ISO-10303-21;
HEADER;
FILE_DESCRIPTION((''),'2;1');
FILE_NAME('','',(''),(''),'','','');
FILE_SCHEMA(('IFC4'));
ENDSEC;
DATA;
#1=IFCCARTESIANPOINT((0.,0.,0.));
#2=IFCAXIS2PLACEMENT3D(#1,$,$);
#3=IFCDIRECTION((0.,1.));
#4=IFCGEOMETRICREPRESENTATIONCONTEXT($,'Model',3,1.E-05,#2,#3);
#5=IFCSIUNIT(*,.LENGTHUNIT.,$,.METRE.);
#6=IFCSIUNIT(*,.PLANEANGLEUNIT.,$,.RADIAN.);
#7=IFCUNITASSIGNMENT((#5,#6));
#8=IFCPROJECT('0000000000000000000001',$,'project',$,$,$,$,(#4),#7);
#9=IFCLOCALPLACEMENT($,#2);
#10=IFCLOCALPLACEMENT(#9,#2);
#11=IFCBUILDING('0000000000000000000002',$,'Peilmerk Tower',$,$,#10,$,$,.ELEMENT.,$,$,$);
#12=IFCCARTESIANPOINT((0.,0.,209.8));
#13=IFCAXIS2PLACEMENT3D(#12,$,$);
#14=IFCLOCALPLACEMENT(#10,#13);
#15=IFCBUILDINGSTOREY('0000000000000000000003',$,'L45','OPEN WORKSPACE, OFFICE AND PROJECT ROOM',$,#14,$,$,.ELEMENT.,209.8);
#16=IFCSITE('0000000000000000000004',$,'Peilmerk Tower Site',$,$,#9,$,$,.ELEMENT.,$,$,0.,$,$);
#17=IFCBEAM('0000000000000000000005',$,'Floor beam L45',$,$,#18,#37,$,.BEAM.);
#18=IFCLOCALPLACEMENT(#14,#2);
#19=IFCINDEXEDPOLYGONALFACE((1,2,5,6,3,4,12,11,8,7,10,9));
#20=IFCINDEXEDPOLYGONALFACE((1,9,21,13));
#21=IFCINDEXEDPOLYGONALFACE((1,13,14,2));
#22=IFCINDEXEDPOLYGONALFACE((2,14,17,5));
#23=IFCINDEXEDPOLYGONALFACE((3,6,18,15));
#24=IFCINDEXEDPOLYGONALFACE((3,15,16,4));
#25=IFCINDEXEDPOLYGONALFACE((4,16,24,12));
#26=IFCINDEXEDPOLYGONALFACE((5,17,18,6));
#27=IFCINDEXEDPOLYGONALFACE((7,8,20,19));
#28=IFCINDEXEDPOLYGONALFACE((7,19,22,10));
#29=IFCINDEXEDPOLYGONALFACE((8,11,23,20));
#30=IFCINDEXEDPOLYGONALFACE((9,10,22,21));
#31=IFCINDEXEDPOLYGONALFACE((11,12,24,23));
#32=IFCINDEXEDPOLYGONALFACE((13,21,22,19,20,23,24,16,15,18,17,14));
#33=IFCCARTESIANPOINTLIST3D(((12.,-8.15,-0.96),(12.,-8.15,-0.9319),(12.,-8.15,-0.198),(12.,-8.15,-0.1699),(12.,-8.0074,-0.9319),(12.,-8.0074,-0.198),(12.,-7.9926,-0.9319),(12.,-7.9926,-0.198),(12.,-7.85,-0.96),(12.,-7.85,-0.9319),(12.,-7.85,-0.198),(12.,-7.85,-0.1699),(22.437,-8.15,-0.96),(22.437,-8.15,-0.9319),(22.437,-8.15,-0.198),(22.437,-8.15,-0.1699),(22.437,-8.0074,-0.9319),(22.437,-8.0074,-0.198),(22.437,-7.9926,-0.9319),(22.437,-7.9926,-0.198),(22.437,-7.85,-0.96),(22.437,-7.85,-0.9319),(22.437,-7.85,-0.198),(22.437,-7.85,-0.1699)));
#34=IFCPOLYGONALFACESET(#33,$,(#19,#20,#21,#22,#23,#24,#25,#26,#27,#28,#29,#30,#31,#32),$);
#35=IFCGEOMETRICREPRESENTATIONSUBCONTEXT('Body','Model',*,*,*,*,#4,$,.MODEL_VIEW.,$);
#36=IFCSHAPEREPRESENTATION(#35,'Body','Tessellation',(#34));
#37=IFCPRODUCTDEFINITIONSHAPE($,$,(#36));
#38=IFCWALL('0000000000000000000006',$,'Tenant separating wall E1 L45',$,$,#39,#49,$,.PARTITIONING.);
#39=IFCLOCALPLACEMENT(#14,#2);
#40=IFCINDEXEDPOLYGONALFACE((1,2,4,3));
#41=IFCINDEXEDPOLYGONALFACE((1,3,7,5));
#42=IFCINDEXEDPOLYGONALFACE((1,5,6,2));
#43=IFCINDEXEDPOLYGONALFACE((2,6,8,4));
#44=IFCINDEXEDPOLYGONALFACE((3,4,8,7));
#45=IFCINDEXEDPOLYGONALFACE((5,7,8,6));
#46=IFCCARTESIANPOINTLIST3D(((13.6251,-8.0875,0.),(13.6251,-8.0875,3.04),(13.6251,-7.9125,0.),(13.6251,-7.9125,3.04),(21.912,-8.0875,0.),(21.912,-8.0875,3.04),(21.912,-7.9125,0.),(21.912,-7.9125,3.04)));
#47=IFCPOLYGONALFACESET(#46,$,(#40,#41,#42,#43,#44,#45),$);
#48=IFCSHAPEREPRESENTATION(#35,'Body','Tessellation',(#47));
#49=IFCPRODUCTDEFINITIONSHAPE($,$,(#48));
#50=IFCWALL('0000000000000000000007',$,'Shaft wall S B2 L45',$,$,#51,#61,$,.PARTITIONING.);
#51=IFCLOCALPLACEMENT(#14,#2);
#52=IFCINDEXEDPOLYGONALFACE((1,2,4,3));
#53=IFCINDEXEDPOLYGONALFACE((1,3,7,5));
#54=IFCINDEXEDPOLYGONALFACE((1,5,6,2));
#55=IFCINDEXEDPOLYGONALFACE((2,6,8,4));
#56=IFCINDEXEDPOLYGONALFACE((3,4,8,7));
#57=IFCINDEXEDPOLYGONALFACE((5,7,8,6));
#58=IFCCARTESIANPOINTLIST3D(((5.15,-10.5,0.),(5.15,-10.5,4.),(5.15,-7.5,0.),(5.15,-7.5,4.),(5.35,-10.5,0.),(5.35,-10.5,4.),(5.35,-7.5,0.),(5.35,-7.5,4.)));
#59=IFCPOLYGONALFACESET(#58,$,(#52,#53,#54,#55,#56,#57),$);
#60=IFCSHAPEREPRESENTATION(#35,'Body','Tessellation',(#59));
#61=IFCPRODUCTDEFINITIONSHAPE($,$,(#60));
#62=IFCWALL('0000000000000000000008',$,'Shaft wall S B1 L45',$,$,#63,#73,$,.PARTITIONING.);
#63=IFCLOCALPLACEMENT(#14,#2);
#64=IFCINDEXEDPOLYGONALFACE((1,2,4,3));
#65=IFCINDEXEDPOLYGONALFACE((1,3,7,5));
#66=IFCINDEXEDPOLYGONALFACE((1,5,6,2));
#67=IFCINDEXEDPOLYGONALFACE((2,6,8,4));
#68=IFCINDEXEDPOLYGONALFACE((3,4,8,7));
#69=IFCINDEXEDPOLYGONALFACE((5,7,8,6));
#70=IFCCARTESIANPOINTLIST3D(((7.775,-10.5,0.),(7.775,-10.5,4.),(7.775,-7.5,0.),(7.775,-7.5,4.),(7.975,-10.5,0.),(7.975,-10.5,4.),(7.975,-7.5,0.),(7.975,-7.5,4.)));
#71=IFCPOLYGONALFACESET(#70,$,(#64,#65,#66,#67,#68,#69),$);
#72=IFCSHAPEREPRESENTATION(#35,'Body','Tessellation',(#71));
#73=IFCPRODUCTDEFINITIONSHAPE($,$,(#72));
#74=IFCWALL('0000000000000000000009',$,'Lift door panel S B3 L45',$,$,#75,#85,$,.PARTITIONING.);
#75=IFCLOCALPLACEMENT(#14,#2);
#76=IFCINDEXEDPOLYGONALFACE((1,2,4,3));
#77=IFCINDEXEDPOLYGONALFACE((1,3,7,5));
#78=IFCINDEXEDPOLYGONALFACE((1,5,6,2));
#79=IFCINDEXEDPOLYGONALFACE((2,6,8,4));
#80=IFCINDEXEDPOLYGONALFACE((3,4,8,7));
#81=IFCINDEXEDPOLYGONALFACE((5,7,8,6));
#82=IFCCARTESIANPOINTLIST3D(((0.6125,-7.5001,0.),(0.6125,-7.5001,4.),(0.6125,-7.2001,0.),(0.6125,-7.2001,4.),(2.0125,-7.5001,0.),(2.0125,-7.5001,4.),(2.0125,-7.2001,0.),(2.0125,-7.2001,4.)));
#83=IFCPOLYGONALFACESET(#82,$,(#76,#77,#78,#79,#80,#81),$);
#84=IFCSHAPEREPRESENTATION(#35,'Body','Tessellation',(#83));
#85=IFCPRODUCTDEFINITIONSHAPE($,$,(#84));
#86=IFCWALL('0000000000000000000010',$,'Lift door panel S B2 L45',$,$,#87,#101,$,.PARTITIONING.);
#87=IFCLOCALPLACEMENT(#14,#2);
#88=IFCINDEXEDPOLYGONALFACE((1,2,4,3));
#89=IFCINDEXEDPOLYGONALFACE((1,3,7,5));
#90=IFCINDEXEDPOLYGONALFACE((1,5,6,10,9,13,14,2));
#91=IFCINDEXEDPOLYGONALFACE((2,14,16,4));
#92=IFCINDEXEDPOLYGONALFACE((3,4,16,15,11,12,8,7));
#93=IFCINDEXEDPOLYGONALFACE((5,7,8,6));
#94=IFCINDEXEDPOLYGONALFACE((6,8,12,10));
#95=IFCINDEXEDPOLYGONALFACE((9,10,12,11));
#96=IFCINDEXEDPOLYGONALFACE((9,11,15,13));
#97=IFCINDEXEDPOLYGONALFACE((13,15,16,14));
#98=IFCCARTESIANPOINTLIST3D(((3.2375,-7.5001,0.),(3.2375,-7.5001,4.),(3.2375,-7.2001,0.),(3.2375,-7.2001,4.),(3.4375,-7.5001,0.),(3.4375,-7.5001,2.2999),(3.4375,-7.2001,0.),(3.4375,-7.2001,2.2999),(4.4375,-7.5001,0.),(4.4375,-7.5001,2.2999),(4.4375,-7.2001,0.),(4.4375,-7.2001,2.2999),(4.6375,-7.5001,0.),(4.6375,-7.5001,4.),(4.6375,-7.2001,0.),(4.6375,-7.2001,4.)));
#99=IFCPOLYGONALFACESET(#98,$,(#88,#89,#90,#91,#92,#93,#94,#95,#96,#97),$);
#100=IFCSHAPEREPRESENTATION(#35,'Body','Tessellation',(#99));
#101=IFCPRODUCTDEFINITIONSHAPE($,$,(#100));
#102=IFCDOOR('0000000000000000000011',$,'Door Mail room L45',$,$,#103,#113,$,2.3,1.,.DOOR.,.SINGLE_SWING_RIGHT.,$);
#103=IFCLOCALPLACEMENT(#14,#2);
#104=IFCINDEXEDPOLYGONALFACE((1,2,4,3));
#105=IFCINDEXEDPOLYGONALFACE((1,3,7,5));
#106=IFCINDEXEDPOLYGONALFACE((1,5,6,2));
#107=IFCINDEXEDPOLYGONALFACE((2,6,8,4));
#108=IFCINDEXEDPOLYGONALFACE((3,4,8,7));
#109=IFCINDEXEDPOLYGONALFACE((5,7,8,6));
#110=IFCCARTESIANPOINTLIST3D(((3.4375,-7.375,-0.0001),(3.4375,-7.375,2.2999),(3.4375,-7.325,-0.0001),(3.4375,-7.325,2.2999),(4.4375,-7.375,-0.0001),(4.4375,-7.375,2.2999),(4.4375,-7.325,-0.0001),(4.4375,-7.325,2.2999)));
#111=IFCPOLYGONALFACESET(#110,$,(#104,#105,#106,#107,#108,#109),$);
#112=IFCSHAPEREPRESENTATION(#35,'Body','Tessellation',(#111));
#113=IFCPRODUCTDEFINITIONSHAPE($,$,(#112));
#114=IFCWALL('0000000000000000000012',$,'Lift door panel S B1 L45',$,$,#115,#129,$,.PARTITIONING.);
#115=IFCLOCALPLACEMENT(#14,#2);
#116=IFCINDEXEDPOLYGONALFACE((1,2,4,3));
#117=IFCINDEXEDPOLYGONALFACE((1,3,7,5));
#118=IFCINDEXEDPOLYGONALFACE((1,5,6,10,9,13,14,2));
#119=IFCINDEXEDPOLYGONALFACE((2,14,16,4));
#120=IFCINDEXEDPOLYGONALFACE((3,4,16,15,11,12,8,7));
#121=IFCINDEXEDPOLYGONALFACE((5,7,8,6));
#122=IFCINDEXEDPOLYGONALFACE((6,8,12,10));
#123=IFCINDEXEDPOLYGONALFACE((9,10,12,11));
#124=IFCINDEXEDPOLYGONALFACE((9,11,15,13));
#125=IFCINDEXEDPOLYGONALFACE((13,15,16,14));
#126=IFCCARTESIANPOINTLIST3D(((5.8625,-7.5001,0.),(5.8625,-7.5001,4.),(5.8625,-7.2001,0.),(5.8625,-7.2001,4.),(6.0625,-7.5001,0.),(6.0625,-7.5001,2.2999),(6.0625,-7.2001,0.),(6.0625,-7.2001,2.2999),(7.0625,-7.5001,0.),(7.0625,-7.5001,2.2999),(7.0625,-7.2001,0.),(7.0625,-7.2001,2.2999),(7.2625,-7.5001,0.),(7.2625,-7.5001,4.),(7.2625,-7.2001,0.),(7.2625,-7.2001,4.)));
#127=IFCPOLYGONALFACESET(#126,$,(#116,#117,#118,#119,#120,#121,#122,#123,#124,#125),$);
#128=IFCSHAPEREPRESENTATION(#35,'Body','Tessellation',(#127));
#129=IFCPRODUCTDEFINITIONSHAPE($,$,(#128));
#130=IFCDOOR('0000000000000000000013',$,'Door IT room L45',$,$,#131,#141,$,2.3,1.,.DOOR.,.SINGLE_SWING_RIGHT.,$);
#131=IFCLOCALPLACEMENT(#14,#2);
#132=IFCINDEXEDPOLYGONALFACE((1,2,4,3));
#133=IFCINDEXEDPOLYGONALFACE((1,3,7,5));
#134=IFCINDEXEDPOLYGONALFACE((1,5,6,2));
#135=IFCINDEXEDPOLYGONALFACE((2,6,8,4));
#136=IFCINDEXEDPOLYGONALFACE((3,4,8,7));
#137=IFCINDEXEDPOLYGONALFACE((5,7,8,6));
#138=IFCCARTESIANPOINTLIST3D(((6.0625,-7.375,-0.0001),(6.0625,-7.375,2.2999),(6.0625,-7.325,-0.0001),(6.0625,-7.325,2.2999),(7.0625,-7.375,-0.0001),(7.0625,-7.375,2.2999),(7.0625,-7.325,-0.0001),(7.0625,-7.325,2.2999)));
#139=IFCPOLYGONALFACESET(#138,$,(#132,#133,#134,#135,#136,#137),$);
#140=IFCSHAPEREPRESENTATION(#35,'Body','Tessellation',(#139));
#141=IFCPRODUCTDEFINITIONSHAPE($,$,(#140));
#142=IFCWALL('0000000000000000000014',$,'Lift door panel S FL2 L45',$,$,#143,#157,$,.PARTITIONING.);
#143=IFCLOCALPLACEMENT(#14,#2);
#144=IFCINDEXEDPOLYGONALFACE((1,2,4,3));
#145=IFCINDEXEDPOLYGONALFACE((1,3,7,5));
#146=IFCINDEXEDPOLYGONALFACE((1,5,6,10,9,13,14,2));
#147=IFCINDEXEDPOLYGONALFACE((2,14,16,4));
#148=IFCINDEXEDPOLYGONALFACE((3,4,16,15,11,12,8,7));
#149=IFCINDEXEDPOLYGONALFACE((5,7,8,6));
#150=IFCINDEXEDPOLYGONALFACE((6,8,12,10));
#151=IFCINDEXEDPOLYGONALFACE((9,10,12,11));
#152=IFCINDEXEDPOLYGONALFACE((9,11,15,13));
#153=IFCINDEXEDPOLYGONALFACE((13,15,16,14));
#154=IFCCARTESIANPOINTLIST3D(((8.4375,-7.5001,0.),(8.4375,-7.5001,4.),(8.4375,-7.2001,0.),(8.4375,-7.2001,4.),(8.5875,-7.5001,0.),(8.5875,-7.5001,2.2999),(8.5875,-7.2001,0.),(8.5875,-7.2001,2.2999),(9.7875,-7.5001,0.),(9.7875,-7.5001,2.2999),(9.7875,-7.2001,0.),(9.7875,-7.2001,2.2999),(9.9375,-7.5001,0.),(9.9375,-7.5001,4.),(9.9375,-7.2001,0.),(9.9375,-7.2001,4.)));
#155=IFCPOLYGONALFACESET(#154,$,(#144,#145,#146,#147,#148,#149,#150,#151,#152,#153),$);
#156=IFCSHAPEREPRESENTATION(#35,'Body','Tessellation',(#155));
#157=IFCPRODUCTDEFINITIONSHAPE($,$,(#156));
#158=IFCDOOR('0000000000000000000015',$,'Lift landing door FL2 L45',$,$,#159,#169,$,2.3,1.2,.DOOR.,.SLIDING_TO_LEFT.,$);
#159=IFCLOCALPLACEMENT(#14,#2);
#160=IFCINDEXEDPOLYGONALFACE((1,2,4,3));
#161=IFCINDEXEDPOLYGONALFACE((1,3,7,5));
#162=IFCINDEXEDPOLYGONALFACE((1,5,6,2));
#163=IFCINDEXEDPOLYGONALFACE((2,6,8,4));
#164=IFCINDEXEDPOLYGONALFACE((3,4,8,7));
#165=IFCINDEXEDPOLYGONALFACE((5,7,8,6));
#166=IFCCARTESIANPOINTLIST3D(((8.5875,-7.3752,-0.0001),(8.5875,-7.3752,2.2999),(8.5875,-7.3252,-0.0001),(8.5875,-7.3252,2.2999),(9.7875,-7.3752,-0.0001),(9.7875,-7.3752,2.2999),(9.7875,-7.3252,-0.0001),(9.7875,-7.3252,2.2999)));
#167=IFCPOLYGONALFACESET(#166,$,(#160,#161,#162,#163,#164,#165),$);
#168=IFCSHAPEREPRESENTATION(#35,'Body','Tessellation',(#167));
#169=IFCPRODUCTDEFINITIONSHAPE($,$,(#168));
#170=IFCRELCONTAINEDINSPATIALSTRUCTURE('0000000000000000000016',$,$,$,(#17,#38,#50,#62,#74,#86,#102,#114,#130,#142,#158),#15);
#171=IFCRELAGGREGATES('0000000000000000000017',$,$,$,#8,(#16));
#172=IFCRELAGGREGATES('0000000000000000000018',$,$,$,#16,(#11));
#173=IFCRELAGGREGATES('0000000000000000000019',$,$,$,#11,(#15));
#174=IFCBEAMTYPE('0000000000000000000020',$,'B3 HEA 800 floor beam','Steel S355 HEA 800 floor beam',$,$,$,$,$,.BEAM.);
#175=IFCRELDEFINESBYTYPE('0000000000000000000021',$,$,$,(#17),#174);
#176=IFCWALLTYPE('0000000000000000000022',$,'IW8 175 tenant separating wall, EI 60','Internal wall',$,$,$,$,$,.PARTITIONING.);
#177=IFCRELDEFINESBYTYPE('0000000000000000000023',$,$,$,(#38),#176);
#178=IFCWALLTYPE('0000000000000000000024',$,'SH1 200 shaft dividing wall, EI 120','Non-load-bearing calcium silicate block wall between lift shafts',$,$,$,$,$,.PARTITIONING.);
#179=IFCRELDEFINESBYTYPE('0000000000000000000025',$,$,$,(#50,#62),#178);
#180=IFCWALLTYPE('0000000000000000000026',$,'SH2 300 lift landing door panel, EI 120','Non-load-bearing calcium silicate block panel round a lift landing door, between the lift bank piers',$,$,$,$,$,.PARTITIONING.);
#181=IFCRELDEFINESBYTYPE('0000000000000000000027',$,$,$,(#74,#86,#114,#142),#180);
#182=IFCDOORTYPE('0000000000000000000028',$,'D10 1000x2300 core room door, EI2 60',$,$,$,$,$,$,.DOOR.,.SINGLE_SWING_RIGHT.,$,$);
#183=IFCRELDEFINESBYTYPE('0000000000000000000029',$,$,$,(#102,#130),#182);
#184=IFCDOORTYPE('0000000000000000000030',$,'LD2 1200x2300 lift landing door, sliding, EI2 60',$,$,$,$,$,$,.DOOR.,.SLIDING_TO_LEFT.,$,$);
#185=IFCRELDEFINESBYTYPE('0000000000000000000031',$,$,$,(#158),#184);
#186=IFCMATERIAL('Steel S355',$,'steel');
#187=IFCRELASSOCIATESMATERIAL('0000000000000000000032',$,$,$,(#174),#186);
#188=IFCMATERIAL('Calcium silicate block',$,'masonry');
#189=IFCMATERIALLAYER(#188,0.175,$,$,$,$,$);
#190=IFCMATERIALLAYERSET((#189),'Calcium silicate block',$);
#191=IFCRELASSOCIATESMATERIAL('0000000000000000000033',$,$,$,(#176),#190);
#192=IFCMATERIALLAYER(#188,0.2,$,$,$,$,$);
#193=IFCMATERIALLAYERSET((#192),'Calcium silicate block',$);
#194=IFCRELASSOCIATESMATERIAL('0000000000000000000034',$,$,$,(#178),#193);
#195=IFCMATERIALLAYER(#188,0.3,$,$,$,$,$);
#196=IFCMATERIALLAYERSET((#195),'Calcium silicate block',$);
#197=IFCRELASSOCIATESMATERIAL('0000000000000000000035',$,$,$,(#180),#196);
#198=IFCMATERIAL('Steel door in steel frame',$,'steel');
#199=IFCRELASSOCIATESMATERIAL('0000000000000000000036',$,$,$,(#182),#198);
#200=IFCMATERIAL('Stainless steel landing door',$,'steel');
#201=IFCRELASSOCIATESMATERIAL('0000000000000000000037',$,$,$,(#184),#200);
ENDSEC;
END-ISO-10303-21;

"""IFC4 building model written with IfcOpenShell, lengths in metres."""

from ifc_helpers import new_model, si_unit, direction, frame, frame_2d, origin, origin_2d, place, context, subcontext, project, spatial, rectangle, i_section, extrude, material, layer, layer_set, material_profile, profile_set, type_object, element, fill, save


model = new_model("IFC4")

# Units and contexts
model_context = context("Model", 3, precision=1e-05, world=origin(), true_north=direction((0.0, 1.0)))
body_context = subcontext(model_context, "Body", "Model", "MODEL_VIEW")
ifc_project = project(units=[si_unit("LENGTHUNIT", "METRE"), si_unit("PLANEANGLEUNIT", "RADIAN")], contexts=[model_context])

# Site, building, storey
site_placement = place(None, origin())
site = spatial("IfcSite", under=ifc_project, at=site_placement, Name="Peilmerk Tower Site", CompositionType="ELEMENT", RefElevation=0.0)
building_placement = place(site_placement, origin())
building = spatial("IfcBuilding", under=site, at=building_placement, Name="Peilmerk Tower", CompositionType="ELEMENT")
storey_placement = place(building_placement, frame((0.0, 0.0, 209.8)))
storey = spatial("IfcBuildingStorey", under=building, at=storey_placement, Name="L45", Description="OPEN WORKSPACE, OFFICE AND PROJECT ROOM", CompositionType="ELEMENT", Elevation=209.8)

# Beam
ifc_material_1 = material(Name="Steel S355", Category="steel")
ifc_material_profile = material_profile(ifc_material_1, i_section(OverallWidth=0.3, OverallDepth=0.79, WebThickness=0.0149, FlangeThickness=0.0281, at=origin_2d()), Name="HEA 800")
ifc_profile_set = profile_set([ifc_material_profile], Name="Steel S355")
beam_type = type_object("IfcBeamType", Name="B3 HEA 800 floor beam", Description="Steel S355 HEA 800 floor beam", PredefinedType="BEAM", material=ifc_profile_set)
beam_placement = place(storey_placement, frame((12.0, -8.0, -0.5649), z_axis=(1.0, 0.0, 0.0), x_axis=(0.0, 1.0, 0.0)))
element("IfcBeam", 1, at=beam_placement, inside=storey, type_object=beam_type, Name="Floor beam L45", PredefinedType="BEAM", context=body_context, shape_type="SweptSolid", body=[
    extrude(i_section(OverallWidth=0.3, OverallDepth=0.79, WebThickness=0.0149, FlangeThickness=0.0281, at=origin_2d()), origin(), (0.0, 0.0, 1.0), 10.437),
])

# Walls
ifc_material_2 = material(Name="Calcium silicate block", Category="masonry")
ifc_layer_1 = layer(ifc_material_2, 0.175)
ifc_layer_set_1 = layer_set([ifc_layer_1], Name="Calcium silicate block")
wall_type_1 = type_object("IfcWallType", Name="IW8 175 tenant separating wall, EI 60", Description="Internal wall", PredefinedType="PARTITIONING", material=ifc_layer_set_1)
wall_1_placement = place(storey_placement, frame((13.625, -8.0, 0.0), z_axis=(0.0, 0.0, 1.0), x_axis=(1.0, 0.0, 0.0)))
element("IfcWall", 2, at=wall_1_placement, inside=storey, type_object=wall_type_1, Name="Tenant separating wall E1 L45", PredefinedType="PARTITIONING", context=body_context, shape_type="SweptSolid", body=[
    extrude(rectangle(XDim=8.2869, YDim=0.175, at=frame_2d((4.1436, 0.0))), origin(), (0.0, 0.0, 1.0), 3.04),
])
ifc_layer_2 = layer(ifc_material_2, 0.2)
ifc_layer_set_2 = layer_set([ifc_layer_2], Name="Calcium silicate block")
wall_type_2 = type_object("IfcWallType", Name="SH1 200 shaft dividing wall, EI 120", Description="Non-load-bearing calcium silicate block wall between lift shafts", PredefinedType="PARTITIONING", material=ifc_layer_set_2)
for number, where, z_axis, x_axis, name in (
    (3, (5.25, -10.5, 0.0), (0.0, 0.0, 1.0), (0.0, 1.0, 0.0), "Shaft wall S B2 L45"),
    (4, (7.875, -10.5, 0.0), (0.0, 0.0, 1.0), (0.0, 1.0, 0.0), "Shaft wall S B1 L45"),
):
    element("IfcWall", number, at=place(storey_placement, frame(where, z_axis=z_axis, x_axis=x_axis)), inside=storey, type_object=wall_type_2, Name=name, PredefinedType="PARTITIONING", context=body_context, shape_type="SweptSolid", body=[
        extrude(rectangle(XDim=3.0, YDim=0.2, at=frame_2d((1.5, 0.0))), origin(), (0.0, 0.0, 1.0), 4.0),
    ])
ifc_layer_3 = layer(ifc_material_2, 0.3)
ifc_layer_set_3 = layer_set([ifc_layer_3], Name="Calcium silicate block")
wall_type_3 = type_object("IfcWallType", Name="SH2 300 lift landing door panel, EI 120", Description="Non-load-bearing calcium silicate block panel round a lift landing door, between the lift bank piers", PredefinedType="PARTITIONING", material=ifc_layer_set_3)
wall_2_placement = place(storey_placement, frame((0.6125, -7.3501, 0.0), z_axis=(0.0, 0.0, 1.0), x_axis=(1.0, 0.0, 0.0)))
element("IfcWall", 5, at=wall_2_placement, inside=storey, type_object=wall_type_3, Name="Lift door panel S B3 L45", PredefinedType="PARTITIONING", context=body_context, shape_type="SweptSolid", body=[
    extrude(rectangle(XDim=1.3999, YDim=0.3, at=frame_2d((0.7, 0.0))), origin(), (0.0, 0.0, 1.0), 4.0),
])

# Walls, openings, doors
wall_3_placement = place(storey_placement, frame((3.2375, -7.3501, 0.0), z_axis=(0.0, 0.0, 1.0), x_axis=(1.0, 0.0, 0.0)))
wall_3 = element("IfcWall", 6, at=wall_3_placement, inside=storey, type_object=wall_type_3, Name="Lift door panel S B2 L45", PredefinedType="PARTITIONING", context=body_context, shape_type="SweptSolid", body=[
    extrude(rectangle(XDim=1.3999, YDim=0.3, at=frame_2d((0.7, 0.0))), origin(), (0.0, 0.0, 1.0), 4.0),
])
opening_1_placement = place(wall_3_placement, frame((0.2, 0.0, 0.0)))
opening_1 = element("IfcOpeningElement", 7, at=opening_1_placement, cuts=wall_3, PredefinedType="OPENING", context=body_context, shape_type="SweptSolid", body=[
    extrude(rectangle(XDim=1.0, YDim=2.3, at=frame_2d((0.5, 1.1499))), frame((0.0, 0.1599, 0.0), z_axis=(0.0, -1.0, 0.0), x_axis=(1.0, 0.0, 0.0)), (0.0, 0.0, 1.0), 0.3201),
])
ifc_material_3 = material(Name="Steel door in steel frame", Category="steel")
door_type_1 = type_object("IfcDoorType", Name="D10 1000x2300 core room door, EI2 60", OperationType="SINGLE_SWING_RIGHT", PredefinedType="DOOR", material=ifc_material_3)
door_1_placement = place(opening_1_placement, frame((1.0, 0.0, 0.0), z_axis=(0.0, 0.0, 1.0), x_axis=(-1.0, 0.0, 0.0)))
door_1 = element("IfcDoor", 8, at=door_1_placement, inside=storey, type_object=door_type_1, Name="Door Mail room L45", OperationType="SINGLE_SWING_RIGHT", OverallHeight=2.3, OverallWidth=1.0, PredefinedType="DOOR", context=body_context, shape_type="SweptSolid", body=[
    extrude(rectangle(XDim=1.0, YDim=2.3, at=frame_2d((0.5, 1.1499))), frame((0.0, 0.0249, 0.0), z_axis=(0.0, -1.0, 0.0), x_axis=(1.0, 0.0, 0.0)), (0.0, 0.0, 1.0), 0.05),
])
fill(opening_1, door_1)
wall_4_placement = place(storey_placement, frame((5.8625, -7.3501, 0.0), z_axis=(0.0, 0.0, 1.0), x_axis=(1.0, 0.0, 0.0)))
wall_4 = element("IfcWall", 9, at=wall_4_placement, inside=storey, type_object=wall_type_3, Name="Lift door panel S B1 L45", PredefinedType="PARTITIONING", context=body_context, shape_type="SweptSolid", body=[
    extrude(rectangle(XDim=1.3999, YDim=0.3, at=frame_2d((0.7, 0.0))), origin(), (0.0, 0.0, 1.0), 4.0),
])
opening_2_placement = place(wall_4_placement, frame((0.2, 0.0, 0.0)))
opening_2 = element("IfcOpeningElement", 10, at=opening_2_placement, cuts=wall_4, PredefinedType="OPENING", context=body_context, shape_type="SweptSolid", body=[
    extrude(rectangle(XDim=1.0, YDim=2.3, at=frame_2d((0.5, 1.1499))), frame((0.0, 0.1599, 0.0), z_axis=(0.0, -1.0, 0.0), x_axis=(1.0, 0.0, 0.0)), (0.0, 0.0, 1.0), 0.3201),
])
door_2_placement = place(opening_2_placement, frame((1.0, 0.0, 0.0), z_axis=(0.0, 0.0, 1.0), x_axis=(-1.0, 0.0, 0.0)))
door_2 = element("IfcDoor", 11, at=door_2_placement, inside=storey, type_object=door_type_1, Name="Door IT room L45", OperationType="SINGLE_SWING_RIGHT", OverallHeight=2.3, OverallWidth=1.0, PredefinedType="DOOR", context=body_context, shape_type="SweptSolid", body=[
    extrude(rectangle(XDim=1.0, YDim=2.3, at=frame_2d((0.5, 1.1499))), frame((0.0, 0.0249, 0.0), z_axis=(0.0, -1.0, 0.0), x_axis=(1.0, 0.0, 0.0)), (0.0, 0.0, 1.0), 0.05),
])
fill(opening_2, door_2)
wall_5_placement = place(storey_placement, frame((8.4375, -7.3501, 0.0), z_axis=(0.0, 0.0, 1.0), x_axis=(1.0, 0.0, 0.0)))
wall_5 = element("IfcWall", 12, at=wall_5_placement, inside=storey, type_object=wall_type_3, Name="Lift door panel S FL2 L45", PredefinedType="PARTITIONING", context=body_context, shape_type="SweptSolid", body=[
    extrude(rectangle(XDim=1.5, YDim=0.3, at=frame_2d((0.75, 0.0))), origin(), (0.0, 0.0, 1.0), 4.0),
])
opening_3_placement = place(wall_5_placement, frame((0.1499, 0.0, 0.0)))
opening_3 = element("IfcOpeningElement", 13, at=opening_3_placement, cuts=wall_5, PredefinedType="OPENING", context=body_context, shape_type="SweptSolid", body=[
    extrude(rectangle(XDim=1.2, YDim=2.3, at=frame_2d((0.6001, 1.1499))), frame((0.0, 0.1599, 0.0), z_axis=(0.0, -1.0, 0.0), x_axis=(1.0, 0.0, 0.0)), (0.0, 0.0, 1.0), 0.3201),
])
ifc_material_4 = material(Name="Stainless steel landing door", Category="steel")
door_type_2 = type_object("IfcDoorType", Name="LD2 1200x2300 lift landing door, sliding, EI2 60", OperationType="SLIDING_TO_LEFT", PredefinedType="DOOR", material=ifc_material_4)
door_3_placement = place(opening_3_placement, origin())
door_3 = element("IfcDoor", 14, at=door_3_placement, inside=storey, type_object=door_type_2, Name="Lift landing door FL2 L45", OperationType="SLIDING_TO_LEFT", OverallHeight=2.3, OverallWidth=1.2, PredefinedType="DOOR", context=body_context, shape_type="SweptSolid", body=[
    extrude(rectangle(XDim=1.2, YDim=2.3, at=frame_2d((0.6001, 1.1499))), frame((0.0, 0.0249, 0.0), z_axis=(0.0, -1.0, 0.0), x_axis=(1.0, 0.0, 0.0)), (0.0, 0.0, 1.0), 0.05),
])
fill(opening_3, door_3)

save(model, "model.ifc")
